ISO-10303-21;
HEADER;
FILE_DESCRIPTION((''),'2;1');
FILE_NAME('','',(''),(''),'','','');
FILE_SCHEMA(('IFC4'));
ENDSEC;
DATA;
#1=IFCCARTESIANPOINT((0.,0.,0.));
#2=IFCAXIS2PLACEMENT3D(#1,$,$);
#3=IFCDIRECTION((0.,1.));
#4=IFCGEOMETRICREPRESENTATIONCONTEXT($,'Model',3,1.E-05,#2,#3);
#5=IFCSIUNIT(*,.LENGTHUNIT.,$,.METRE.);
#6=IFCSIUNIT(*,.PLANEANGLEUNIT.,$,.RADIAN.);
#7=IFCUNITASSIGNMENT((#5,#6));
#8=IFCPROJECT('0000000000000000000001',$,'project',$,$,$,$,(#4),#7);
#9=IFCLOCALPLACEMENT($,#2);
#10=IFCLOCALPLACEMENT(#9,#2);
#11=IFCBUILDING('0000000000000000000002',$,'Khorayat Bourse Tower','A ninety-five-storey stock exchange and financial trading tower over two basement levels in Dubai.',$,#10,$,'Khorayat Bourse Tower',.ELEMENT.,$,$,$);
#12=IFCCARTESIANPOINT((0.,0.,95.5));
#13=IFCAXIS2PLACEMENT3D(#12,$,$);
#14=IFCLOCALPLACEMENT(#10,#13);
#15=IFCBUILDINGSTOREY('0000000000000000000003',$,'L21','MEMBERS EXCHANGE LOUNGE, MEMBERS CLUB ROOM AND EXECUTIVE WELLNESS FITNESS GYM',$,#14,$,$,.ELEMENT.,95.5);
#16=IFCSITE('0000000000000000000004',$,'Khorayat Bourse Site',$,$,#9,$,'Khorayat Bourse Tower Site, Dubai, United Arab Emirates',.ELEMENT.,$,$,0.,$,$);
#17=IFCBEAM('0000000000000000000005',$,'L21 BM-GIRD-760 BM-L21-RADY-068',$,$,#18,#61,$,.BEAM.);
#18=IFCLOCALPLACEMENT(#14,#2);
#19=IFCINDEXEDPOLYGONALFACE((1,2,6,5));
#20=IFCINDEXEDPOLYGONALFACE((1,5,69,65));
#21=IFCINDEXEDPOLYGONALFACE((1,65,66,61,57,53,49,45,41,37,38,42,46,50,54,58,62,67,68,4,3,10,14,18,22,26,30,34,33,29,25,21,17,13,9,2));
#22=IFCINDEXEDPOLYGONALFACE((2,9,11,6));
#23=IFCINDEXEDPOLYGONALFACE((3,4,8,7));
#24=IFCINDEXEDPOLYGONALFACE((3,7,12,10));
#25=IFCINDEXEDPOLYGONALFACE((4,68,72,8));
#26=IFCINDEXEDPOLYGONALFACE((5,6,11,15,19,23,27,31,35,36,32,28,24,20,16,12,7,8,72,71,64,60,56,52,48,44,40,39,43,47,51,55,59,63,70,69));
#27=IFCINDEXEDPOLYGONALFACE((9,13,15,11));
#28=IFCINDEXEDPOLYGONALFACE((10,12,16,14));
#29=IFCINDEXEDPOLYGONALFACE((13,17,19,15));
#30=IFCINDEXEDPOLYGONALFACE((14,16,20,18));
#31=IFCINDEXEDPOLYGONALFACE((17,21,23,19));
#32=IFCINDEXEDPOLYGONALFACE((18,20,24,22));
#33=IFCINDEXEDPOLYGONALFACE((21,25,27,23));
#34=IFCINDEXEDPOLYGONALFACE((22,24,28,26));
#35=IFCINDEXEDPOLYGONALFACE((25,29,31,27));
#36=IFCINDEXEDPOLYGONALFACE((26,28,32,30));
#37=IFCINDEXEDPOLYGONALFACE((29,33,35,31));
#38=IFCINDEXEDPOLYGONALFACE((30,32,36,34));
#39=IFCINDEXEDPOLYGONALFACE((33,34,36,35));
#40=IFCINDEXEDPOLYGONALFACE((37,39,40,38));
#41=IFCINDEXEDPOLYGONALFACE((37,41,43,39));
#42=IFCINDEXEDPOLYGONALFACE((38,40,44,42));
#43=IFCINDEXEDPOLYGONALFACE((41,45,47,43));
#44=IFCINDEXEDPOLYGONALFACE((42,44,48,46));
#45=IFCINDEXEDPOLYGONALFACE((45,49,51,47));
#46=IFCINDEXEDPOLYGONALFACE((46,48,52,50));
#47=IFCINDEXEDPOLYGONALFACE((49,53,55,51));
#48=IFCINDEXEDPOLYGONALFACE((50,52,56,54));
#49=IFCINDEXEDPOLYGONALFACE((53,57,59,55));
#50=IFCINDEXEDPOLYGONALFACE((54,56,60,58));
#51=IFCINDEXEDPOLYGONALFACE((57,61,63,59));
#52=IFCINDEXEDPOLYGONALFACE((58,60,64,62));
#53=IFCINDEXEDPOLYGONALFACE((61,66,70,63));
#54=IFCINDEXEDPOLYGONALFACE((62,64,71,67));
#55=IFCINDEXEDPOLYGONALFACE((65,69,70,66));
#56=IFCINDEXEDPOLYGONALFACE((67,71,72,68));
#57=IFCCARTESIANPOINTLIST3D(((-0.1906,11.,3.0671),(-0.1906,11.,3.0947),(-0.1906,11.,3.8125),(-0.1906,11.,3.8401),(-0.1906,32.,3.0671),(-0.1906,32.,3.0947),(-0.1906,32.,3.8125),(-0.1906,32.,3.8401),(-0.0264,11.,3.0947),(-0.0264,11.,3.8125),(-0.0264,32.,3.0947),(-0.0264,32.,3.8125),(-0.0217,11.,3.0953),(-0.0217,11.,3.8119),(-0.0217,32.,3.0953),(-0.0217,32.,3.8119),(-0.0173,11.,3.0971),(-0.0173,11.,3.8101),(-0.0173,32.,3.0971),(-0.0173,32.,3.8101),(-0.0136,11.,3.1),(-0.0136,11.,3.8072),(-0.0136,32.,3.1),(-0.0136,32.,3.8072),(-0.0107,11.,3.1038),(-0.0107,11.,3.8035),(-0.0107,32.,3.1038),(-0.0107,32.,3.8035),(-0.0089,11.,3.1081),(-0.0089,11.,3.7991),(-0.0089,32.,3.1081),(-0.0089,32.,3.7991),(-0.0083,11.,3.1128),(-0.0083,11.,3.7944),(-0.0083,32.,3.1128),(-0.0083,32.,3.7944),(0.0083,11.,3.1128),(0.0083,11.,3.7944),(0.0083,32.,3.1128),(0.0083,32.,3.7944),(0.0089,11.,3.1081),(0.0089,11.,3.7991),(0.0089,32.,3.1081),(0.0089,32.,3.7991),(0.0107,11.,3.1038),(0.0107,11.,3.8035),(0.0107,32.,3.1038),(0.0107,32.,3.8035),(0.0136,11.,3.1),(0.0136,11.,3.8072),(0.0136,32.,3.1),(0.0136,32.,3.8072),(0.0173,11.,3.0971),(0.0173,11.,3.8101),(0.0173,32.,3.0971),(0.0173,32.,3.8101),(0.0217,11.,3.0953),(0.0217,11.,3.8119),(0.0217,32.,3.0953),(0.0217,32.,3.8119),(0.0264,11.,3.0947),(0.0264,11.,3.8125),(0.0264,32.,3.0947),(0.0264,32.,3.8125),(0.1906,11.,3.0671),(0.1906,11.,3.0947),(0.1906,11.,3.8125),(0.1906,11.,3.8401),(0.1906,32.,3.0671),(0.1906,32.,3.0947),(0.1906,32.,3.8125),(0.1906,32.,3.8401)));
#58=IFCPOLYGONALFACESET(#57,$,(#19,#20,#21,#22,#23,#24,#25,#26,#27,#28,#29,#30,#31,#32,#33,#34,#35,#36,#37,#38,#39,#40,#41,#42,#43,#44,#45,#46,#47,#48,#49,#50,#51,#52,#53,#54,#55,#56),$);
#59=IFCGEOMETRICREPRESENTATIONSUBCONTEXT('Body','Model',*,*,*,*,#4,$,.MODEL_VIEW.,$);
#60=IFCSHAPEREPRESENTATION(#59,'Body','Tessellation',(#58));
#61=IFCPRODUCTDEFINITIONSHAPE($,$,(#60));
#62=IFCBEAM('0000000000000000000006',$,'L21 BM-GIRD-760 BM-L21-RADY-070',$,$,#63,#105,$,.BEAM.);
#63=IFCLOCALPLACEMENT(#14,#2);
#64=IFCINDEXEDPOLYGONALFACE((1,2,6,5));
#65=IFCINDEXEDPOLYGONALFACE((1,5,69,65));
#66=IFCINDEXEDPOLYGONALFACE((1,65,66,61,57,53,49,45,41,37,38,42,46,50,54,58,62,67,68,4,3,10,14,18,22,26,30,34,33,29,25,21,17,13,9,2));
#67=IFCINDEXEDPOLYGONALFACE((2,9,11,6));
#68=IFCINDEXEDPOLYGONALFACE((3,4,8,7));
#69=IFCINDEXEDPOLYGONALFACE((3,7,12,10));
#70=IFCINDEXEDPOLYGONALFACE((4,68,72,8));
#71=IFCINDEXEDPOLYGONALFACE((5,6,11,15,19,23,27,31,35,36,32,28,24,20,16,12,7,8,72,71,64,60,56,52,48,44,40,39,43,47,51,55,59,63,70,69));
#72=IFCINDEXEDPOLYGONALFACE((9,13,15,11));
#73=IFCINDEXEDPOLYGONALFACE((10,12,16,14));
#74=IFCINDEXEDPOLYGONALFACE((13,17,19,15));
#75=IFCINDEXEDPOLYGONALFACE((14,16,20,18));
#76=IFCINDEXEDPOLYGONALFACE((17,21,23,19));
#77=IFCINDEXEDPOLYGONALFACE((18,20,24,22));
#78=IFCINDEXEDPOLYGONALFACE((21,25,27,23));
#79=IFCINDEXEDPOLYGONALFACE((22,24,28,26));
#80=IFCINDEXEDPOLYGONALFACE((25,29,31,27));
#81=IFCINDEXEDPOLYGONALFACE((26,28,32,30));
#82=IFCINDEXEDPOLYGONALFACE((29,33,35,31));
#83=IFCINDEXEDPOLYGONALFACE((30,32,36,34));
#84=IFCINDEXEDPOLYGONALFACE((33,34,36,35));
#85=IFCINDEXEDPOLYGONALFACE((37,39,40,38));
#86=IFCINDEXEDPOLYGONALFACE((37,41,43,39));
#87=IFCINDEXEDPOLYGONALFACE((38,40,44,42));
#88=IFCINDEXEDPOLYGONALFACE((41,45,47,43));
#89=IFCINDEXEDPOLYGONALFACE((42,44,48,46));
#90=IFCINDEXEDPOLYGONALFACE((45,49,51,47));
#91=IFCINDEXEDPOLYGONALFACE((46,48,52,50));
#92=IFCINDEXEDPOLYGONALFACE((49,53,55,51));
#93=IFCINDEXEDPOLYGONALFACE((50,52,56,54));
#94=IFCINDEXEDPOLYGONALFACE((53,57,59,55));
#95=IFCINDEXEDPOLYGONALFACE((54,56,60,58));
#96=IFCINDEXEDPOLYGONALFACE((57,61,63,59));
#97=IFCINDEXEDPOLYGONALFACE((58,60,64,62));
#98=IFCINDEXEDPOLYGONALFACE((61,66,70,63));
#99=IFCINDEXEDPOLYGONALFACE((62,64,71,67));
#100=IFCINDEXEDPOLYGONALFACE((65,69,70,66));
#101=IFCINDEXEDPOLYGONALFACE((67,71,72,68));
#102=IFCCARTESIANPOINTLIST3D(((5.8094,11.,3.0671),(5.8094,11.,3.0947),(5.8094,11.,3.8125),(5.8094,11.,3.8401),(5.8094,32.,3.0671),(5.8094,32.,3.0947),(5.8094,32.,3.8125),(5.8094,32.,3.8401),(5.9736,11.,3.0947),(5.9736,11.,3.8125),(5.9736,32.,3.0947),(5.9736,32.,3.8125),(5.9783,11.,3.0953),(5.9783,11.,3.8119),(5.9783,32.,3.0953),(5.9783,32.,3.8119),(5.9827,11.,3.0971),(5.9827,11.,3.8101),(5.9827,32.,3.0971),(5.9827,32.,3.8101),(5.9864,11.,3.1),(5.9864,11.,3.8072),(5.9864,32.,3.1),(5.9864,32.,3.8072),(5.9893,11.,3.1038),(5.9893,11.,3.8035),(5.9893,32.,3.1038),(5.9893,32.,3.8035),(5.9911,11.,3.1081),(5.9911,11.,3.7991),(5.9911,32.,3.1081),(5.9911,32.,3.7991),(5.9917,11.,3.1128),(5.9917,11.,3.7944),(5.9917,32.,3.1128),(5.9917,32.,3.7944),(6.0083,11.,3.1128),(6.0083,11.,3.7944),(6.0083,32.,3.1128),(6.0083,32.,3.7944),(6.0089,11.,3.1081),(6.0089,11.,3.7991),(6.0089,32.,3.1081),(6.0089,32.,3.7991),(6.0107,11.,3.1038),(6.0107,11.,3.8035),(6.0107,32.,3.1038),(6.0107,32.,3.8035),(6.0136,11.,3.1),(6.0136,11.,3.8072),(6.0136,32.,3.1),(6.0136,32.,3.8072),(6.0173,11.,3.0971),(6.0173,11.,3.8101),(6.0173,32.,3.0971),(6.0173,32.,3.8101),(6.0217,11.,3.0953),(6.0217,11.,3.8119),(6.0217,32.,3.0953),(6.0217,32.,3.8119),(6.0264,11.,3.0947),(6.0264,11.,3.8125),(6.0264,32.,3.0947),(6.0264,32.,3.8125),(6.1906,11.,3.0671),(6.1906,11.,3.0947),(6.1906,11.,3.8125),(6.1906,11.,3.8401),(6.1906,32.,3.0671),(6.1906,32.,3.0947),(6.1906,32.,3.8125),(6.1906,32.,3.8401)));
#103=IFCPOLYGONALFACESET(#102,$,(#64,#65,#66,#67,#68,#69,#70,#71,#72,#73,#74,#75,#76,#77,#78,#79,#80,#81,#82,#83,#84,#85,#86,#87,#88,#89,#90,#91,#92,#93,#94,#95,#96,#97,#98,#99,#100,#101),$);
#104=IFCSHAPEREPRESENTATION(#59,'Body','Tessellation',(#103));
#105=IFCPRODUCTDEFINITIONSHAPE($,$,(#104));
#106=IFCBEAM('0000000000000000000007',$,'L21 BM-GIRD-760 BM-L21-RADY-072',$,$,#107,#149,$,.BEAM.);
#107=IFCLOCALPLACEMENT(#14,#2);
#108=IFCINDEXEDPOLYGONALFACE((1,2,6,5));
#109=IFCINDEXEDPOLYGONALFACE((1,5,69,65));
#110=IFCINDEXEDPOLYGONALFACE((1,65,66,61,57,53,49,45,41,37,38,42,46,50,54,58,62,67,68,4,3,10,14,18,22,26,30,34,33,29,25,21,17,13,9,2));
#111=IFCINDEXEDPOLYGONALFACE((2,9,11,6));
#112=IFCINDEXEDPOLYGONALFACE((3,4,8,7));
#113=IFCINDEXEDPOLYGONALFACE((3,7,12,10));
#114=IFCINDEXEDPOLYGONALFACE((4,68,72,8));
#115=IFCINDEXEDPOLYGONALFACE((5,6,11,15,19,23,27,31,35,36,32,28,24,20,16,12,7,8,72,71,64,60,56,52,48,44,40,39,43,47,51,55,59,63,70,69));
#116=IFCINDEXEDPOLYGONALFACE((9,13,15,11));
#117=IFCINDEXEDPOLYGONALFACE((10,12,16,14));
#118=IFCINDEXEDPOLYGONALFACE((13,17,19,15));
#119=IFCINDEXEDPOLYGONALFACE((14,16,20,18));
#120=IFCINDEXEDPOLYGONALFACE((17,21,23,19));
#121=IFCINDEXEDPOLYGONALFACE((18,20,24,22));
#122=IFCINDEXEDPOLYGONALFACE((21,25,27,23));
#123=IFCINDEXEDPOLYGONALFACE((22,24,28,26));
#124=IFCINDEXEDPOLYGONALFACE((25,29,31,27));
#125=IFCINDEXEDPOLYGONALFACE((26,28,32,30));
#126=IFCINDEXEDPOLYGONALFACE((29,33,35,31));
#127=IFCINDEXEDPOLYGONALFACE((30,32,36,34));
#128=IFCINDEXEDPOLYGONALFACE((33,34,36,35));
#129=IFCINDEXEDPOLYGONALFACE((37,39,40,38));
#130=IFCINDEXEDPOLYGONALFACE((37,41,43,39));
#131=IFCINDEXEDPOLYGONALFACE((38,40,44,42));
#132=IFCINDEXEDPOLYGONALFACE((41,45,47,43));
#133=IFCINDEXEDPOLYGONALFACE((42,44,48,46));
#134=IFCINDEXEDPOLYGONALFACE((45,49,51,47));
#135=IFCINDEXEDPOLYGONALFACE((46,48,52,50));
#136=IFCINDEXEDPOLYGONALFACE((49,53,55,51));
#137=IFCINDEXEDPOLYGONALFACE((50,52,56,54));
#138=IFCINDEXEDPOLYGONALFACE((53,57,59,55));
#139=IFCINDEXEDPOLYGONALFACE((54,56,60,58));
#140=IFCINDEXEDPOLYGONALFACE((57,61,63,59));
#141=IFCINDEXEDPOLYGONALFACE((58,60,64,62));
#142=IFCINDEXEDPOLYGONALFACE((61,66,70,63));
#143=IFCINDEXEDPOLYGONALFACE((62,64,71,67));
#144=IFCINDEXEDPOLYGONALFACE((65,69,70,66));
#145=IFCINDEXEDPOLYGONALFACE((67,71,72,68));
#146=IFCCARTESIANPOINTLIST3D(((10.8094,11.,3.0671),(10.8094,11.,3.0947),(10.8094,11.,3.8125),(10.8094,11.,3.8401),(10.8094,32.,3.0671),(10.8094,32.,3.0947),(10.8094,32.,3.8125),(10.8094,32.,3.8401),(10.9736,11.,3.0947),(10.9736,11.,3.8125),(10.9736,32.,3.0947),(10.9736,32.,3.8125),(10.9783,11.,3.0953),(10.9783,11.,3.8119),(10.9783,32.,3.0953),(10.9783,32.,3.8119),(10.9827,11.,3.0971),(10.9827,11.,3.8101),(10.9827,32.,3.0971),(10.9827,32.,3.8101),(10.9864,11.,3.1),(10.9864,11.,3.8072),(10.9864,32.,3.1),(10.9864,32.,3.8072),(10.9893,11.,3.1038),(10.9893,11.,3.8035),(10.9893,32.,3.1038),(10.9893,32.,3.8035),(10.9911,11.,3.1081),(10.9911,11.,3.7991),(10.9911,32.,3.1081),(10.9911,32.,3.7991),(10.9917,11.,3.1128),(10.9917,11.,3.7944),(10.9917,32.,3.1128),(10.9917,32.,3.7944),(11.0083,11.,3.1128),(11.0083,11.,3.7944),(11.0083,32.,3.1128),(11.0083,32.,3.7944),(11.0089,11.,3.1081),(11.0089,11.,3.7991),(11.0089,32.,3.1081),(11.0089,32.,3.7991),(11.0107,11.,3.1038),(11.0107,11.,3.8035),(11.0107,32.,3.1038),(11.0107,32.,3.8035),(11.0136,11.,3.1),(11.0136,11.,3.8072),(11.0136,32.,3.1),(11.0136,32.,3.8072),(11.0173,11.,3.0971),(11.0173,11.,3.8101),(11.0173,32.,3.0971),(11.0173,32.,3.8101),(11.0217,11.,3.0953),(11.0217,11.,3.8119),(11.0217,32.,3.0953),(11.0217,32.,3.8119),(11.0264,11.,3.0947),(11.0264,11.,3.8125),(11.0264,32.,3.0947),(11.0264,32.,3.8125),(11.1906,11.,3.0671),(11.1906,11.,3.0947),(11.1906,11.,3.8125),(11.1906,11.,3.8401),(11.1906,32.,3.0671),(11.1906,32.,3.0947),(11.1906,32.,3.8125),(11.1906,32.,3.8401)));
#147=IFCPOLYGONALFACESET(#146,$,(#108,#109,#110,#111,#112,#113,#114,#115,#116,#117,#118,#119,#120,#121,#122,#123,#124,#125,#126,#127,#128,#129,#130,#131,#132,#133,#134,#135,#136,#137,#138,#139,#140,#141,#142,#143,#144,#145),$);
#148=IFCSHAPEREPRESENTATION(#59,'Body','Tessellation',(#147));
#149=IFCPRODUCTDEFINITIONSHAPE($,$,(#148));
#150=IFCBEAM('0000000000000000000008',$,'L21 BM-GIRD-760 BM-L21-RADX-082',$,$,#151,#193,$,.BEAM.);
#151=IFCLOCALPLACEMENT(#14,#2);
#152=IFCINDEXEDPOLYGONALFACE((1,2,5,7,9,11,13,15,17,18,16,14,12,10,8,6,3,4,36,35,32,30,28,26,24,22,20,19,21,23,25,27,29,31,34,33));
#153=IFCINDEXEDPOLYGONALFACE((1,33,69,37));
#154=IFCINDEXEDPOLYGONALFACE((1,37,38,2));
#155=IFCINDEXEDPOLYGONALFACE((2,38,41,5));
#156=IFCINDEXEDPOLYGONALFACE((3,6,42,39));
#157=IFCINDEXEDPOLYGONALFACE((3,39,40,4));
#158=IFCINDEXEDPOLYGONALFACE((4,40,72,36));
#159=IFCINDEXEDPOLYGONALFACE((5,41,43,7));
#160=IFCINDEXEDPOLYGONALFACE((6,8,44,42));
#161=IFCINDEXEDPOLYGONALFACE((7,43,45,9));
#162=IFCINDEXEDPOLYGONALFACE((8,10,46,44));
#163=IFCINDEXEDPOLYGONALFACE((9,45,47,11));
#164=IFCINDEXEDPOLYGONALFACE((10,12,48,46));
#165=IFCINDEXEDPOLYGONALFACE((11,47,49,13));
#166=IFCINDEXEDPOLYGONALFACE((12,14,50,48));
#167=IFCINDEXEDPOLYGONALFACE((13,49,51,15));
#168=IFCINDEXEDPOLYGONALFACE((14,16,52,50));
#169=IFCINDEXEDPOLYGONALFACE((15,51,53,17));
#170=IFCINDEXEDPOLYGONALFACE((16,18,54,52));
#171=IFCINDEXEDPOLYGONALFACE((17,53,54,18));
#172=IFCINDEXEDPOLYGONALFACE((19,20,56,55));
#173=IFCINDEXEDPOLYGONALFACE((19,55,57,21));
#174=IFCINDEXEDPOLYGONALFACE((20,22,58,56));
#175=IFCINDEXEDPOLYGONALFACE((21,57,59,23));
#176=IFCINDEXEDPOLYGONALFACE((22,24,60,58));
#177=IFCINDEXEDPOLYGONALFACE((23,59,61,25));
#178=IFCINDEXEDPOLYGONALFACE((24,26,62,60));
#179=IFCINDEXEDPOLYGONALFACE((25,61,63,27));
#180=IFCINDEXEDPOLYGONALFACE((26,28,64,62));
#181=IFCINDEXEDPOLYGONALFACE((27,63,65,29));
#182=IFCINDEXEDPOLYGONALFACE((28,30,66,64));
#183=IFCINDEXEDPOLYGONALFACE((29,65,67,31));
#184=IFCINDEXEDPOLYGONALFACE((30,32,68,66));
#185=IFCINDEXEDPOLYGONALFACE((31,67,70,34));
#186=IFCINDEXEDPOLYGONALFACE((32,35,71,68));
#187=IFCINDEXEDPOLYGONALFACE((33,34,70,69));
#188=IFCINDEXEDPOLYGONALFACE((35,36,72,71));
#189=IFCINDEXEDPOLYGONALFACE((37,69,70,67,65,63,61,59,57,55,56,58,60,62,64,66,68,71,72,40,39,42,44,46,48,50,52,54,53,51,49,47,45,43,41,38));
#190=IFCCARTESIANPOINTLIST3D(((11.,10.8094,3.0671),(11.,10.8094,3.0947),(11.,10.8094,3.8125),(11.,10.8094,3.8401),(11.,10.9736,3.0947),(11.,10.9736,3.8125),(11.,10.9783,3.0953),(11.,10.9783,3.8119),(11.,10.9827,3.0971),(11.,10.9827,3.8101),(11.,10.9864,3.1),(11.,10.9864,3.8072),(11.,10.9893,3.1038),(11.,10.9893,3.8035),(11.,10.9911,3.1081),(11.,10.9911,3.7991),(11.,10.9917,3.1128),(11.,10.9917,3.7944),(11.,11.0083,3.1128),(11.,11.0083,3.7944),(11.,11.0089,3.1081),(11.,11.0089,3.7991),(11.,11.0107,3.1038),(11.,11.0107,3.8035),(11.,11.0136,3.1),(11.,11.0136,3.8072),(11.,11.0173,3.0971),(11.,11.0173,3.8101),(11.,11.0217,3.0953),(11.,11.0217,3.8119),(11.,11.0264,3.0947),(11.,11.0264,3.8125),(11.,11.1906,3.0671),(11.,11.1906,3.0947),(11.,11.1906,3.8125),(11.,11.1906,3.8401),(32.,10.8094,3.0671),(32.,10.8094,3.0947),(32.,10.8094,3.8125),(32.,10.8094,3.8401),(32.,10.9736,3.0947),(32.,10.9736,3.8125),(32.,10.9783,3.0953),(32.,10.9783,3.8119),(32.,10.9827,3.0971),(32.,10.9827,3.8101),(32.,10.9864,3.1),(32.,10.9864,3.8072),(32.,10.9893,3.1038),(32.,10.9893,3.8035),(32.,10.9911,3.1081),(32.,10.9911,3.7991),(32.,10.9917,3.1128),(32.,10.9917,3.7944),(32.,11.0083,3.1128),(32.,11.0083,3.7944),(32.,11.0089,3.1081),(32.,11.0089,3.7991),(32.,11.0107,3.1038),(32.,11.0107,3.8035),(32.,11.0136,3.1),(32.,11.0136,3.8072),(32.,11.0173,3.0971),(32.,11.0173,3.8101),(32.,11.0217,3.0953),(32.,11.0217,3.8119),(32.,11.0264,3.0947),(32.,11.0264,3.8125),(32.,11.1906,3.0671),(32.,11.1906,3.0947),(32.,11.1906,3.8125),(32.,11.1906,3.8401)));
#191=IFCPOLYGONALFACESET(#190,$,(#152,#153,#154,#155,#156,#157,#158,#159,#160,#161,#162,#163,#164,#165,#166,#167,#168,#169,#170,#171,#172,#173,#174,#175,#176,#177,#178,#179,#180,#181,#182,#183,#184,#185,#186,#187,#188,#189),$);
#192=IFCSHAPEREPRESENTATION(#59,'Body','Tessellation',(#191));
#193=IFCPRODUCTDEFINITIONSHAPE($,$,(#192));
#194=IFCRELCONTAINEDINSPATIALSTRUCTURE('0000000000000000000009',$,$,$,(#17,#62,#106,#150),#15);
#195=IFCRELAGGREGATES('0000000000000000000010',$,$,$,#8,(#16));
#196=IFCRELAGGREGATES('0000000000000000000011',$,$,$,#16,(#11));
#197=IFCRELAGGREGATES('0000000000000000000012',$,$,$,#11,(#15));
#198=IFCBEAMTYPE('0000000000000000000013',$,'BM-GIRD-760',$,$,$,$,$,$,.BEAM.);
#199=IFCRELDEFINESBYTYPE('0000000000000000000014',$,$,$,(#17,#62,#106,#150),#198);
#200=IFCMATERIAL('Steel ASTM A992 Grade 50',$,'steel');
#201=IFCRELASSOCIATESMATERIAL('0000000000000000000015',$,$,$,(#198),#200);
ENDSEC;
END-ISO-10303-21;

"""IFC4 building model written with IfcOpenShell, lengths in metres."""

from ifc_helpers import new_model, si_unit, direction, frame, origin, origin_2d, place, context, subcontext, project, spatial, i_section, extrude, source, transform, mapped, material, material_profile, profile_set, type_object, element, save


model = new_model("IFC4")

# Units and contexts
model_context = context("Model", 3, precision=1e-05, world=origin(), true_north=direction((0.0, 1.0)))
body_context = subcontext(model_context, "Body", "Model", "MODEL_VIEW")
ifc_project = project(units=[si_unit("LENGTHUNIT", "METRE"), si_unit("PLANEANGLEUNIT", "RADIAN")], contexts=[model_context])

# Site, building, storey
site_placement = place(None, origin())
site = spatial("IfcSite", under=ifc_project, at=site_placement, Name="Khorayat Bourse Site", LongName="Khorayat Bourse Tower Site, Dubai, United Arab Emirates", CompositionType="ELEMENT", RefElevation=0.0)
building_placement = place(site_placement, origin())
building = spatial("IfcBuilding", under=site, at=building_placement, Name="Khorayat Bourse Tower", Description="A ninety-five-storey stock exchange and financial trading tower over two basement levels in Dubai.", LongName="Khorayat Bourse Tower", CompositionType="ELEMENT")
storey_placement = place(building_placement, frame((0.0, 0.0, 95.5)))
storey = spatial("IfcBuildingStorey", under=building, at=storey_placement, Name="L21", Description="MEMBERS EXCHANGE LOUNGE, MEMBERS CLUB ROOM AND EXECUTIVE WELLNESS FITNESS GYM", CompositionType="ELEMENT", Elevation=95.5)

# Beams
ifc_material_1 = material(Name="Steel ASTM A992 Grade 50", Category="steel")
ifc_material_profile_1 = material_profile(ifc_material_1, i_section(OverallWidth=0.3811, OverallDepth=0.7729, WebThickness=0.0166, FlangeThickness=0.0276, FilletRadius=0.0181, at=origin_2d()), Name="W760X257")
ifc_profile_set_1 = profile_set([ifc_material_profile_1], Name="Steel ASTM A992 Grade 50")
beam_type_1 = type_object("IfcBeamType", Name="BM-GIRD-760", PredefinedType="BEAM", material=ifc_profile_set_1)
shared_shape_1 = source(origin(), body_context, "Body", "SweptSolid", [
    extrude(i_section(OverallWidth=0.3811, OverallDepth=0.7729, WebThickness=0.0166, FlangeThickness=0.0276, FilletRadius=0.0181, at=origin_2d()), origin(), (0.0, 0.0, 1.0), 21.0),
])
for number, where, z_axis, x_axis, name in (
    (1, (0.0, 11.0, 3.4536), (0.0, 1.0, 0.0), (-1.0, 0.0, 0.0), "L21 BM-GIRD-760 BM-L21-RADY-068"),
    (2, (6.0, 11.0, 3.4536), (0.0, 1.0, 0.0), (-1.0, 0.0, 0.0), "L21 BM-GIRD-760 BM-L21-RADY-070"),
    (3, (11.0, 11.0, 3.4536), (0.0, 1.0, 0.0), (-1.0, 0.0, 0.0), "L21 BM-GIRD-760 BM-L21-RADY-072"),
    (4, (11.0, 11.0, 3.4536), (1.0, 0.0, 0.0), (0.0, 1.0, 0.0), "L21 BM-GIRD-760 BM-L21-RADX-082"),
):
    element("IfcBeam", number, at=place(storey_placement, frame(where, z_axis=z_axis, x_axis=x_axis)), inside=storey, type_object=beam_type_1, Name=name, PredefinedType="BEAM", context=body_context, shape_type="MappedRepresentation", body=[
        mapped(shared_shape_1, transform((0.0, 0.0, 0.0), scale=1.0)),
    ])

save(model, "model.ifc")
